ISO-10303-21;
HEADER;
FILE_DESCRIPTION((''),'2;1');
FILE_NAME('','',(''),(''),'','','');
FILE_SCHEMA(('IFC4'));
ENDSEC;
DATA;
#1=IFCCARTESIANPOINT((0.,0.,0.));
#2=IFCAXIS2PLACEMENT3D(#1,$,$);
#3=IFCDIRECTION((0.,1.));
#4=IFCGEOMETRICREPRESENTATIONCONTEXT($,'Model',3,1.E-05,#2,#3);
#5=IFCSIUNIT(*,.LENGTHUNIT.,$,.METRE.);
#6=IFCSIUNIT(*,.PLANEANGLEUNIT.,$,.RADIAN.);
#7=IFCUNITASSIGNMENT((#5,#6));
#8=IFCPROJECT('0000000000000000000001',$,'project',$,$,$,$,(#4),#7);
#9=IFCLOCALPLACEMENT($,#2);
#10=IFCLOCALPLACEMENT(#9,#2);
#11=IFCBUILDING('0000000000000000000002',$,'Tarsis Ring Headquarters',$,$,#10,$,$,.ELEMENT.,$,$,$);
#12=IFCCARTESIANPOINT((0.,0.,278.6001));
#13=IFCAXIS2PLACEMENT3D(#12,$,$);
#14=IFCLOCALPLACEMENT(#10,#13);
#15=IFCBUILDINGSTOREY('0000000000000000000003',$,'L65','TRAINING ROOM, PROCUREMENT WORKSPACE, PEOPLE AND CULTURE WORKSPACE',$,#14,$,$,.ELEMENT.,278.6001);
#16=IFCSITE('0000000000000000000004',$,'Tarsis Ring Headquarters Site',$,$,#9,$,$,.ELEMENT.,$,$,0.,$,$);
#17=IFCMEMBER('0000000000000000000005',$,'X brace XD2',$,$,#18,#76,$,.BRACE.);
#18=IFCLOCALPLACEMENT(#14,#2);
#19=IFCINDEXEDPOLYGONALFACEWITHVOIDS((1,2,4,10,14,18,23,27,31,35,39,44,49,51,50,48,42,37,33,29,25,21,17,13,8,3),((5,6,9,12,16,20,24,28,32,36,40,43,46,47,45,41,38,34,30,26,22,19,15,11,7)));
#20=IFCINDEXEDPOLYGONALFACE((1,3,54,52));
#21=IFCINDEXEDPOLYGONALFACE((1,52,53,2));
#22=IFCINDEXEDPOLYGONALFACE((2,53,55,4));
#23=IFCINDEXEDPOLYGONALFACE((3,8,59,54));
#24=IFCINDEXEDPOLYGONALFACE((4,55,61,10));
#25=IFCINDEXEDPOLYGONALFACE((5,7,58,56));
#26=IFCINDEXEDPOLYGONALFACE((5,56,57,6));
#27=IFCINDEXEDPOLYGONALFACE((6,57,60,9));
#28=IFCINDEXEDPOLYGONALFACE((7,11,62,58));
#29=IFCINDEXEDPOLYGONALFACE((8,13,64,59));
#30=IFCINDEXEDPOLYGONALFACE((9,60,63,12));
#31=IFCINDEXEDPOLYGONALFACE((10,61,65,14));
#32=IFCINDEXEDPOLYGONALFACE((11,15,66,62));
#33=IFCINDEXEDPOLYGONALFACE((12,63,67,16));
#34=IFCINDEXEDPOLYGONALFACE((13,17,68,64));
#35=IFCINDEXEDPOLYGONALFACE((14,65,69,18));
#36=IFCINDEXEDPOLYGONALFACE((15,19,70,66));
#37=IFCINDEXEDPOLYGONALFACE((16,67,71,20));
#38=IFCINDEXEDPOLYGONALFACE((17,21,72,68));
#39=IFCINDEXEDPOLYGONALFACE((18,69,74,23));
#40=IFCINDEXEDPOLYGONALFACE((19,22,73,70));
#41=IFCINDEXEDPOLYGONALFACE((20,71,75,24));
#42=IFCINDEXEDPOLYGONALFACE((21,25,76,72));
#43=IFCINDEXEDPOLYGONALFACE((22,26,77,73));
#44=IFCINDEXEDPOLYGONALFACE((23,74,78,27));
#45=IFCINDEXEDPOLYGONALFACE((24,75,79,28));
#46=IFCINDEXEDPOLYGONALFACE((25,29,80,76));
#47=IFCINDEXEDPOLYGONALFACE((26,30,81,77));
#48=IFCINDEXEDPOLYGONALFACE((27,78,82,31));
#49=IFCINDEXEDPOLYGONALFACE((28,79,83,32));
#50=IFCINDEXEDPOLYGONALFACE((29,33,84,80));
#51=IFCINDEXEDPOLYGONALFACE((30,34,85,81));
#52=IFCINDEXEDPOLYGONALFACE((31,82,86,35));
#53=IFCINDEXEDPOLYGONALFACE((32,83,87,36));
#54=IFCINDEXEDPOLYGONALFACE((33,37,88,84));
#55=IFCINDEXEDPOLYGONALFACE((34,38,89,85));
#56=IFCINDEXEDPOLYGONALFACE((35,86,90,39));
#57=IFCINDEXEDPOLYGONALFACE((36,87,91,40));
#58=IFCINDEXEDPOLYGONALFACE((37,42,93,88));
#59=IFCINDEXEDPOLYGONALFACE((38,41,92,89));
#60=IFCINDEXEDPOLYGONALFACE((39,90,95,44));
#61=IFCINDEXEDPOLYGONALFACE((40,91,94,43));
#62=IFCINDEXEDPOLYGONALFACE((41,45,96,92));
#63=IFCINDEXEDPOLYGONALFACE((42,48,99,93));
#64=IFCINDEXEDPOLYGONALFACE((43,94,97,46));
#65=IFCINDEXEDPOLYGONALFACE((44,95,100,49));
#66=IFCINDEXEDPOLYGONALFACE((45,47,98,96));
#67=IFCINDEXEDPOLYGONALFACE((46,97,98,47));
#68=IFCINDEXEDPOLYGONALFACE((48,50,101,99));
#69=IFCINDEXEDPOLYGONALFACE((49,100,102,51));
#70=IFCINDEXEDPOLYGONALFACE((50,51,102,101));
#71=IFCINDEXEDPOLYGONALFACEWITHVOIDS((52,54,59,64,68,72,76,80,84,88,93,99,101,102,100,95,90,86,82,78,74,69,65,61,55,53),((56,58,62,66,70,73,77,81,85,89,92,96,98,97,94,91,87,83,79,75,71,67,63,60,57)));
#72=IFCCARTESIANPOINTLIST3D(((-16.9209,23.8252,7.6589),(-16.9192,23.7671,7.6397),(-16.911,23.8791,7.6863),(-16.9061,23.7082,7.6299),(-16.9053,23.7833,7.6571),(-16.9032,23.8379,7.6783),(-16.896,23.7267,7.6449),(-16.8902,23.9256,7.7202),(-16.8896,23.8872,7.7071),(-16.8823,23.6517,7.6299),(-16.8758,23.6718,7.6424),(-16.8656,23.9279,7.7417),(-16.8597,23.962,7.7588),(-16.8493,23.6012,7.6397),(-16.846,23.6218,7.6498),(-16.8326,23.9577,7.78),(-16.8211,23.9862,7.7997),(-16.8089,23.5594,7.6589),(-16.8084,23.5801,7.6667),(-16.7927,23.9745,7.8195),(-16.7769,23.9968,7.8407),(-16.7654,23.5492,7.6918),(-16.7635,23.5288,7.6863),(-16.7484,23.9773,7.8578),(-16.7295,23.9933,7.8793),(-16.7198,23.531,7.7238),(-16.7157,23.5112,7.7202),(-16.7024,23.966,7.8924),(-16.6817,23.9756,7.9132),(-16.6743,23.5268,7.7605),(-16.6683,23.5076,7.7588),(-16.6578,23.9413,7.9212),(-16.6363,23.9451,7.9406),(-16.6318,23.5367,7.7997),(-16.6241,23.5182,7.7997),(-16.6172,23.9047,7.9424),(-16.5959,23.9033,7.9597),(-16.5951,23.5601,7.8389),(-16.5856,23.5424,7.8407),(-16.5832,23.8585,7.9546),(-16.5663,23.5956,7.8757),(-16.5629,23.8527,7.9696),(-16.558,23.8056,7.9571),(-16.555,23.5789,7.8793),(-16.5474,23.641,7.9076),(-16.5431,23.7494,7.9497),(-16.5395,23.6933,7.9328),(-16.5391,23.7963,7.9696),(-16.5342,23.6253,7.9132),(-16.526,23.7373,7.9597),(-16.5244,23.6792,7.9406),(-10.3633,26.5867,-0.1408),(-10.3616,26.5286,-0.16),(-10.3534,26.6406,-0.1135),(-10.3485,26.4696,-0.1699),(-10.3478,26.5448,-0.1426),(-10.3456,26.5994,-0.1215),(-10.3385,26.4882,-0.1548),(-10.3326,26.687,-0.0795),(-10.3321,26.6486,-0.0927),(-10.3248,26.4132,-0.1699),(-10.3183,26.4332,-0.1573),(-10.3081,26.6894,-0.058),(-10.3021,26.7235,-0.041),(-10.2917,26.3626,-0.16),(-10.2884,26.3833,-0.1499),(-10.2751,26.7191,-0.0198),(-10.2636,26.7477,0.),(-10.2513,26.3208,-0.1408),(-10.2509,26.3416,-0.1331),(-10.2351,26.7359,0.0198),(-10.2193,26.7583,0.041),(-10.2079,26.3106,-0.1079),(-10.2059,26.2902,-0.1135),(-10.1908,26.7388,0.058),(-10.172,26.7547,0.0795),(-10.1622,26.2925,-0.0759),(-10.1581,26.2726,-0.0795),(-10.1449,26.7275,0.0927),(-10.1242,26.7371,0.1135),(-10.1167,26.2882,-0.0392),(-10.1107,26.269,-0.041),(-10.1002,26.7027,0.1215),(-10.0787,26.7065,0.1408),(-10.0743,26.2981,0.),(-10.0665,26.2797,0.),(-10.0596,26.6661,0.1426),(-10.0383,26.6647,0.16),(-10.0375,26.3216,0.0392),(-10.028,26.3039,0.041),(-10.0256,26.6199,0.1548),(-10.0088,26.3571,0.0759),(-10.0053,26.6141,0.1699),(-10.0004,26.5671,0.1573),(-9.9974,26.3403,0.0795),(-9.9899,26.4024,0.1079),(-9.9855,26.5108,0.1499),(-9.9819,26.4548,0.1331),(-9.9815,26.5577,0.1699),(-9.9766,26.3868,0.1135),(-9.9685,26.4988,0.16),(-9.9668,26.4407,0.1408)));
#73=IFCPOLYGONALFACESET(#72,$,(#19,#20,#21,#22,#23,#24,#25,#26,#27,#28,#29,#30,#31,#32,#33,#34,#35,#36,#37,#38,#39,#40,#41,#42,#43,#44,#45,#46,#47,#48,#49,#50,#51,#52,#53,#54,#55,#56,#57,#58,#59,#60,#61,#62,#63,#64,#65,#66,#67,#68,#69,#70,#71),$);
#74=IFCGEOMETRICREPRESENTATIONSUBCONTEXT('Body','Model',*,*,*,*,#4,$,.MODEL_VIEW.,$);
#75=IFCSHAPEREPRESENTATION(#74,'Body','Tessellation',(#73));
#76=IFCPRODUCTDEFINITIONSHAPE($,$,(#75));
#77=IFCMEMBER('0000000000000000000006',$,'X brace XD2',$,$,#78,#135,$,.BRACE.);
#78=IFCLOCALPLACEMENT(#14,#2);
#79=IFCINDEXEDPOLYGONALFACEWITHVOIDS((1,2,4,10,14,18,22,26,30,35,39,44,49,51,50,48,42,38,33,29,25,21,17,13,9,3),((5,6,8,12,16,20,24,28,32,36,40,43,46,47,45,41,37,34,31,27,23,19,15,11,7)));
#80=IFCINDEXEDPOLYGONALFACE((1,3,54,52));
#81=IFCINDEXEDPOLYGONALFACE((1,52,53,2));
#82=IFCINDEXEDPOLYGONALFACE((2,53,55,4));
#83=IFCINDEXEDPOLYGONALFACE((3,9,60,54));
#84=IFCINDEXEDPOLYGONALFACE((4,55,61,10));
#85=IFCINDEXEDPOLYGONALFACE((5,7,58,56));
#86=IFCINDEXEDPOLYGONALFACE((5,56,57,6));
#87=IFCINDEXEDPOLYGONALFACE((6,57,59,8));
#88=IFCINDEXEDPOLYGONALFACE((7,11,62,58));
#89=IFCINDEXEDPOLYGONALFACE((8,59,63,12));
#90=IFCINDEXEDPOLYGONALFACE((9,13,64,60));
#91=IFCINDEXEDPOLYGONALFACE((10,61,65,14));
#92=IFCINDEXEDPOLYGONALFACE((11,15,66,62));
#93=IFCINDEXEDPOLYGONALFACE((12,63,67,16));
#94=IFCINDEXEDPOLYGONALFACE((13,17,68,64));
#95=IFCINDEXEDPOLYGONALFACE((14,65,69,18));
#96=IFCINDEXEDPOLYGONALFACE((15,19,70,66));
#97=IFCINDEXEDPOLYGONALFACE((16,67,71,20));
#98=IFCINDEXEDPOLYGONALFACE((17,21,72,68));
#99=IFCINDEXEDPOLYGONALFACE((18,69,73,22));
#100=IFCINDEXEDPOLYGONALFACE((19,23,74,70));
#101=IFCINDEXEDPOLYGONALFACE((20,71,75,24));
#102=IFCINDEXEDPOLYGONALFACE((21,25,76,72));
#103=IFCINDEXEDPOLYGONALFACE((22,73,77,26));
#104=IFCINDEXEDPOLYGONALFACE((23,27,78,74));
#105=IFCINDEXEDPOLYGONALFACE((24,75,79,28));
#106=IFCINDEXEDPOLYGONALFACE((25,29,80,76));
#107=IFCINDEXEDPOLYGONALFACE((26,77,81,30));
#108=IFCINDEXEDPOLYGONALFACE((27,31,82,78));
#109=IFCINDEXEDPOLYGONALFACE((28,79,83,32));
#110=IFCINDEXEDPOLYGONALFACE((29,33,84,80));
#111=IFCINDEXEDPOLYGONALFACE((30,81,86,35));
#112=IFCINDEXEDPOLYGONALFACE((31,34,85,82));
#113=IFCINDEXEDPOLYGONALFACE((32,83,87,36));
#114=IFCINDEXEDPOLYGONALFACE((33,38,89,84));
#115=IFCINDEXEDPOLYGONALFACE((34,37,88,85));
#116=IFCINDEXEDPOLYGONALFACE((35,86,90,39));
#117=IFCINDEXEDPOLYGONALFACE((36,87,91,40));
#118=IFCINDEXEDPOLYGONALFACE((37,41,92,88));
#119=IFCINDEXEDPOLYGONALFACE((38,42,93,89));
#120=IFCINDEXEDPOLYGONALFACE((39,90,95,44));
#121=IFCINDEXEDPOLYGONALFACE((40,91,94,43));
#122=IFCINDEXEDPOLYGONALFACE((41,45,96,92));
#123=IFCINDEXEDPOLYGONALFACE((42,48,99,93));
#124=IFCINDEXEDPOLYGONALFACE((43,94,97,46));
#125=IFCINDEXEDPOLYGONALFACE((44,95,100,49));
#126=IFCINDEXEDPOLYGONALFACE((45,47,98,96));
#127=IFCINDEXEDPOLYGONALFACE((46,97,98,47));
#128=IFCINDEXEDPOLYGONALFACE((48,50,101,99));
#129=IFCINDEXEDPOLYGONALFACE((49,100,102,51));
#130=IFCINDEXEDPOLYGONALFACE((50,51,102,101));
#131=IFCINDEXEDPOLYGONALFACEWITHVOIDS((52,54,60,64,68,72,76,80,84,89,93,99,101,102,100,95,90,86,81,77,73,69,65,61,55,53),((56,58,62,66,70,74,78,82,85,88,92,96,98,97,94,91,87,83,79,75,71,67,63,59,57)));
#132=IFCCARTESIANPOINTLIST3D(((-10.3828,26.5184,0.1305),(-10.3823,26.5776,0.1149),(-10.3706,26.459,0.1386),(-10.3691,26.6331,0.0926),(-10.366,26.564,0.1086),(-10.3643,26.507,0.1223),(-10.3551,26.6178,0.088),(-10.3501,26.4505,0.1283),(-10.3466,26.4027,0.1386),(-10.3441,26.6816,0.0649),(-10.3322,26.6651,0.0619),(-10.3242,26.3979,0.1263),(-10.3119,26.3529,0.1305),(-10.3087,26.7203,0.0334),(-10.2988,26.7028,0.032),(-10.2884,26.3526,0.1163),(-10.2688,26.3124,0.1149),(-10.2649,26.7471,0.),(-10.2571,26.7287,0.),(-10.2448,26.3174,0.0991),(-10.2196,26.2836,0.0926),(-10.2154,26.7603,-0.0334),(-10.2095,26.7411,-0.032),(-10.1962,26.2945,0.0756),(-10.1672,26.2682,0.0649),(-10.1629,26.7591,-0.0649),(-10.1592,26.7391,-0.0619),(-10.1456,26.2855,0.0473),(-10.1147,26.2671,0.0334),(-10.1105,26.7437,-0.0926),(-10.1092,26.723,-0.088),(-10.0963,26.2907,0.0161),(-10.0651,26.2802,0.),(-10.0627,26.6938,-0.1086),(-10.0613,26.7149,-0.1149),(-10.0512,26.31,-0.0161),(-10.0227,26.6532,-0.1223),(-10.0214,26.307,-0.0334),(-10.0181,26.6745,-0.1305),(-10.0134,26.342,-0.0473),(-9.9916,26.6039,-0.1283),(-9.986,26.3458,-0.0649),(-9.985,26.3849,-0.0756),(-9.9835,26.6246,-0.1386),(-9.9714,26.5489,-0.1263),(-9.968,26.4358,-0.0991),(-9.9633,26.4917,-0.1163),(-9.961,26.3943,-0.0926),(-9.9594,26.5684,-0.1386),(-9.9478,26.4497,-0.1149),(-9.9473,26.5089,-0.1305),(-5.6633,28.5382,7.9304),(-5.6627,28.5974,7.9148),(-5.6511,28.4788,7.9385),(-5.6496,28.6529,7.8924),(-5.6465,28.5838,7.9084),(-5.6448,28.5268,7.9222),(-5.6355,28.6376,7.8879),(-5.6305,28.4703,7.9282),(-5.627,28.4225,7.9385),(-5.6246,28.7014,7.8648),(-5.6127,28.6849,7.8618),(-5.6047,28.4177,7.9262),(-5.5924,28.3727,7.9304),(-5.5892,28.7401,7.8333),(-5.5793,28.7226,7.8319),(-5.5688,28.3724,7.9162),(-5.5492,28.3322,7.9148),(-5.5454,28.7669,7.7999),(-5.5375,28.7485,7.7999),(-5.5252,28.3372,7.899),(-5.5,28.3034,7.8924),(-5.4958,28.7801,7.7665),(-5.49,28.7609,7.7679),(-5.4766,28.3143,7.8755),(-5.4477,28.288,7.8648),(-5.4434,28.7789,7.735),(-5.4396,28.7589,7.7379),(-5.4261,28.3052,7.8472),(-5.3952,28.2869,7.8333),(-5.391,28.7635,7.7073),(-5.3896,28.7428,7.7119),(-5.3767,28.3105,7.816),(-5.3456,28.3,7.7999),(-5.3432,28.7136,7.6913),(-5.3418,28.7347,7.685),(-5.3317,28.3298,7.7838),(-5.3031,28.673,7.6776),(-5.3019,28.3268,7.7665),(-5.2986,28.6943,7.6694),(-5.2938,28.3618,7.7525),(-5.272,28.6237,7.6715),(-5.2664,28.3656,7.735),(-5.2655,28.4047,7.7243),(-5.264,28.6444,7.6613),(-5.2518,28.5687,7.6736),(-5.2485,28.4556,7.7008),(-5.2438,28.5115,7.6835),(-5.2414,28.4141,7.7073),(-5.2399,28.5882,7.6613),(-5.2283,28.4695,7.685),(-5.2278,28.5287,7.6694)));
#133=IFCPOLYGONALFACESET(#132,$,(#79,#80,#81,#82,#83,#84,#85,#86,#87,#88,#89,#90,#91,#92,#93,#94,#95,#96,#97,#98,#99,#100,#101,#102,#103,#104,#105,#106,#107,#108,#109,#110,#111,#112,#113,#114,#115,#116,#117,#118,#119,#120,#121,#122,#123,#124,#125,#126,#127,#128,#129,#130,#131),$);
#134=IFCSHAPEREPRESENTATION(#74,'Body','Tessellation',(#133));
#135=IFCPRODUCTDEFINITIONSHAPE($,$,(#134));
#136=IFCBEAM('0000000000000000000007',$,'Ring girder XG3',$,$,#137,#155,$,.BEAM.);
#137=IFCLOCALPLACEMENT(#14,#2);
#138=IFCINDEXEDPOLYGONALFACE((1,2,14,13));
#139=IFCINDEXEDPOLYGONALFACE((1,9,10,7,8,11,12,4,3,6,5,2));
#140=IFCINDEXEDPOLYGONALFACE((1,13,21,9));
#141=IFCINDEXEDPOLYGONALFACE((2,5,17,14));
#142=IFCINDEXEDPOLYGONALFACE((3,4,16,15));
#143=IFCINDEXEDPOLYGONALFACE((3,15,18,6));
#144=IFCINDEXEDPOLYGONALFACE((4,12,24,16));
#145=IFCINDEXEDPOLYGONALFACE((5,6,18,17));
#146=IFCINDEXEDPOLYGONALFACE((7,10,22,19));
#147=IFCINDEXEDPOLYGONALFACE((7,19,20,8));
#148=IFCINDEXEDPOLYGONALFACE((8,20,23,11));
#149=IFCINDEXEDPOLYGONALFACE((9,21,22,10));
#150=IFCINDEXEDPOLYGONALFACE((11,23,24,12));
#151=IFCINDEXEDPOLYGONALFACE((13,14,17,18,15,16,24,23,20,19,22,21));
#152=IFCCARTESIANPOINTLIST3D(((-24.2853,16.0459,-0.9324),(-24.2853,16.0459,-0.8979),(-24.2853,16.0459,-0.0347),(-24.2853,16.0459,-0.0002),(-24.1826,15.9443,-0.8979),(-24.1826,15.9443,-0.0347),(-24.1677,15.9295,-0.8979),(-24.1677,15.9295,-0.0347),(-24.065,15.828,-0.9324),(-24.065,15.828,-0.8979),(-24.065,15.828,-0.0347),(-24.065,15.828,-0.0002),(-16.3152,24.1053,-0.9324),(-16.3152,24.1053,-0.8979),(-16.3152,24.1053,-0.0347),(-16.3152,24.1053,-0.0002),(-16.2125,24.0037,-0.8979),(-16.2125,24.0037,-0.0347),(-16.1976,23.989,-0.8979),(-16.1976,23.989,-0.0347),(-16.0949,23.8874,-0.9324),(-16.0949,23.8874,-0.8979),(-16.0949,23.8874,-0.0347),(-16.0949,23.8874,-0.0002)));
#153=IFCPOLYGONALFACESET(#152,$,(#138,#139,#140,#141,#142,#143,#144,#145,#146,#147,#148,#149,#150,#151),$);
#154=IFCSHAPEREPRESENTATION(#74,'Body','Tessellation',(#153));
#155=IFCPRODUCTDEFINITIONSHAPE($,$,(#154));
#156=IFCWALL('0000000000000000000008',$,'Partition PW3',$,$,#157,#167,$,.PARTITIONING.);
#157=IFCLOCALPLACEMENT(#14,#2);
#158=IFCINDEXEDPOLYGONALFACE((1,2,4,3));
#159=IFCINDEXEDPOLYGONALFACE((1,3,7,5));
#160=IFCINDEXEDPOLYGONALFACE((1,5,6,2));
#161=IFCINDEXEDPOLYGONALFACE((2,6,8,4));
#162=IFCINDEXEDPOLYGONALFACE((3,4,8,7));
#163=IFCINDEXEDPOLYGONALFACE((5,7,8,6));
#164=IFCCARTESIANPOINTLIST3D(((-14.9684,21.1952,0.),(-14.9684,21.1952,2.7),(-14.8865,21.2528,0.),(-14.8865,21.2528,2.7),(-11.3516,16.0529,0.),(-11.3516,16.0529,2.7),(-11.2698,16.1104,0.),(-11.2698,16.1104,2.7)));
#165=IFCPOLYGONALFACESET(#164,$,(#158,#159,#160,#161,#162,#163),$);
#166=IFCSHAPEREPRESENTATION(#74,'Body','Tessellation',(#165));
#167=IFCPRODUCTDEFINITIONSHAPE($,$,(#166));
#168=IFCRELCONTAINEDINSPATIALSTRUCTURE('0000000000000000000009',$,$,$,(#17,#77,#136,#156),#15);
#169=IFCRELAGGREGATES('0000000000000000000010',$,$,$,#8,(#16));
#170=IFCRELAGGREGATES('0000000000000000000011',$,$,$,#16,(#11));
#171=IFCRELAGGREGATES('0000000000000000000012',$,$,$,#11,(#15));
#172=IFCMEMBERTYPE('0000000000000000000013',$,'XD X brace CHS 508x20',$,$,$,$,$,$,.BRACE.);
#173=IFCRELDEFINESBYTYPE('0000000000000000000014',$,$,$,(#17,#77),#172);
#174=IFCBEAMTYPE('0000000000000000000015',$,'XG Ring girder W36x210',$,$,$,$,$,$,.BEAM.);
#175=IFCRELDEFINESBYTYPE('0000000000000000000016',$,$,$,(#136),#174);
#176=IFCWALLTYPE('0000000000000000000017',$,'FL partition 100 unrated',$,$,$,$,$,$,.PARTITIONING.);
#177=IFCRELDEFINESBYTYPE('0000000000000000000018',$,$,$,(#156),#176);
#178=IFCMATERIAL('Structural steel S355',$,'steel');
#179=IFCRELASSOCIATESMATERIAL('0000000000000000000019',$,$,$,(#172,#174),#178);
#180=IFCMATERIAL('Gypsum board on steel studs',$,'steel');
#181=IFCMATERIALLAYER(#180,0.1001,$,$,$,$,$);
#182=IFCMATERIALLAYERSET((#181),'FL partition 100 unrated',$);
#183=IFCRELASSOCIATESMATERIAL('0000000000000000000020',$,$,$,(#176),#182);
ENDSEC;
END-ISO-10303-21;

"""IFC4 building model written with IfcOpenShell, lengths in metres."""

from ifc_helpers import new_model, si_unit, direction, frame, frame_2d, origin, origin_2d, place, context, subcontext, project, spatial, rectangle, hollow_circle, i_section, extrude, material, layer, layer_set, material_profile, profile_set, type_object, element, save


model = new_model("IFC4")

# Units and contexts
model_context = context("Model", 3, precision=1e-05, world=origin(), true_north=direction((0.0, 1.0)))
body_context = subcontext(model_context, "Body", "Model", "MODEL_VIEW")
ifc_project = project(units=[si_unit("LENGTHUNIT", "METRE"), si_unit("PLANEANGLEUNIT", "RADIAN")], contexts=[model_context])

# Site, building, storey
site_placement = place(None, origin())
site = spatial("IfcSite", under=ifc_project, at=site_placement, Name="Tarsis Ring Headquarters Site", CompositionType="ELEMENT", RefElevation=0.0)
building_placement = place(site_placement, origin())
building = spatial("IfcBuilding", under=site, at=building_placement, Name="Tarsis Ring Headquarters", CompositionType="ELEMENT")
storey_placement = place(building_placement, frame((0.0, 0.0, 278.6001)))
storey = spatial("IfcBuildingStorey", under=building, at=storey_placement, Name="L65", Description="TRAINING ROOM, PROCUREMENT WORKSPACE, PEOPLE AND CULTURE WORKSPACE", CompositionType="ELEMENT", Elevation=278.6001)

# Shared definitions
ifc_material_1 = material(Name="Structural steel S355", Category="steel")

# Members
ifc_material_profile_1 = material_profile(ifc_material_1, hollow_circle(Radius=0.2539, WallThickness=0.02, at=origin_2d()), Name="CHS 508x20")
ifc_profile_set_1 = profile_set([ifc_material_profile_1], Name="Structural steel S355")
member_type = type_object("IfcMemberType", Name="XD X brace CHS 508x20", PredefinedType="BRACE", material=ifc_profile_set_1)
member_1_placement = place(storey_placement, frame((-10.165, 26.5137, 0.0), z_axis=(-0.621122, -0.26156, 0.738779), x_axis=(0.388101, -0.921617, 0.0)))
element("IfcMember", 1, at=member_1_placement, inside=storey, type_object=member_type, Name="X brace XD2", PredefinedType="BRACE", context=body_context, shape_type="SweptSolid", body=[
    extrude(hollow_circle(Radius=0.2539, WallThickness=0.02, at=origin_2d()), origin(), (0.0, 0.0, 1.0), 10.5576),
])
member_2_placement = place(storey_placement, frame((-10.165, 26.5137, 0.0), z_axis=(0.50543, 0.216307, 0.835315), x_axis=(-0.393449, 0.919347, 0.0)))
element("IfcMember", 2, at=member_2_placement, inside=storey, type_object=member_type, Name="X brace XD2", PredefinedType="BRACE", context=body_context, shape_type="SweptSolid", body=[
    extrude(hollow_circle(Radius=0.2539, WallThickness=0.02, at=origin_2d()), origin(), (0.0, 0.0, 1.0), 9.3376),
])

# Beam
ifc_material_profile_2 = material_profile(ifc_material_1, i_section(OverallWidth=0.3098, OverallDepth=0.9321, WebThickness=0.021, FlangeThickness=0.0344, at=origin_2d()), Name="W36x210")
ifc_profile_set_2 = profile_set([ifc_material_profile_2], Name="Structural steel S355")
beam_type_1 = type_object("IfcBeamType", Name="XG Ring girder W36x210", PredefinedType="BEAM", material=ifc_profile_set_2)
beam_1_placement = place(storey_placement, frame((-16.2051, 23.9963, -0.4663), z_axis=(-0.703154, -0.711038, 0.0), x_axis=(0.711038, -0.703154, 0.0)))
element("IfcBeam", 3, at=beam_1_placement, inside=storey, type_object=beam_type_1, Name="Ring girder XG3", PredefinedType="BEAM", context=body_context, shape_type="SweptSolid", body=[
    extrude(i_section(OverallWidth=0.3098, OverallDepth=0.9321, WebThickness=0.021, FlangeThickness=0.0344, at=origin_2d()), origin(), (0.0, 0.0, 1.0), 11.3347),
])

# Wall
ifc_material_2 = material(Name="Gypsum board on steel studs", Category="steel")
ifc_layer_1 = layer(ifc_material_2, 0.1001)
ifc_layer_set_1 = layer_set([ifc_layer_1], Name="FL partition 100 unrated")
wall_type_1 = type_object("IfcWallType", Name="FL partition 100 unrated", PredefinedType="PARTITIONING", material=ifc_layer_set_1)
wall_1_placement = place(storey_placement, frame((-14.9275, 21.2241, 0.0), z_axis=(0.0, 0.0, 1.0), x_axis=(0.575283, -0.817955, 0.0)))
element("IfcWall", 4, at=wall_1_placement, inside=storey, type_object=wall_type_1, Name="Partition PW3", PredefinedType="PARTITIONING", context=body_context, shape_type="SweptSolid", body=[
    extrude(rectangle(XDim=6.2869, YDim=0.1001, at=frame_2d((3.1436, 0.0))), origin(), (0.0, 0.0, 1.0), 2.7),
])

save(model, "model.ifc")
